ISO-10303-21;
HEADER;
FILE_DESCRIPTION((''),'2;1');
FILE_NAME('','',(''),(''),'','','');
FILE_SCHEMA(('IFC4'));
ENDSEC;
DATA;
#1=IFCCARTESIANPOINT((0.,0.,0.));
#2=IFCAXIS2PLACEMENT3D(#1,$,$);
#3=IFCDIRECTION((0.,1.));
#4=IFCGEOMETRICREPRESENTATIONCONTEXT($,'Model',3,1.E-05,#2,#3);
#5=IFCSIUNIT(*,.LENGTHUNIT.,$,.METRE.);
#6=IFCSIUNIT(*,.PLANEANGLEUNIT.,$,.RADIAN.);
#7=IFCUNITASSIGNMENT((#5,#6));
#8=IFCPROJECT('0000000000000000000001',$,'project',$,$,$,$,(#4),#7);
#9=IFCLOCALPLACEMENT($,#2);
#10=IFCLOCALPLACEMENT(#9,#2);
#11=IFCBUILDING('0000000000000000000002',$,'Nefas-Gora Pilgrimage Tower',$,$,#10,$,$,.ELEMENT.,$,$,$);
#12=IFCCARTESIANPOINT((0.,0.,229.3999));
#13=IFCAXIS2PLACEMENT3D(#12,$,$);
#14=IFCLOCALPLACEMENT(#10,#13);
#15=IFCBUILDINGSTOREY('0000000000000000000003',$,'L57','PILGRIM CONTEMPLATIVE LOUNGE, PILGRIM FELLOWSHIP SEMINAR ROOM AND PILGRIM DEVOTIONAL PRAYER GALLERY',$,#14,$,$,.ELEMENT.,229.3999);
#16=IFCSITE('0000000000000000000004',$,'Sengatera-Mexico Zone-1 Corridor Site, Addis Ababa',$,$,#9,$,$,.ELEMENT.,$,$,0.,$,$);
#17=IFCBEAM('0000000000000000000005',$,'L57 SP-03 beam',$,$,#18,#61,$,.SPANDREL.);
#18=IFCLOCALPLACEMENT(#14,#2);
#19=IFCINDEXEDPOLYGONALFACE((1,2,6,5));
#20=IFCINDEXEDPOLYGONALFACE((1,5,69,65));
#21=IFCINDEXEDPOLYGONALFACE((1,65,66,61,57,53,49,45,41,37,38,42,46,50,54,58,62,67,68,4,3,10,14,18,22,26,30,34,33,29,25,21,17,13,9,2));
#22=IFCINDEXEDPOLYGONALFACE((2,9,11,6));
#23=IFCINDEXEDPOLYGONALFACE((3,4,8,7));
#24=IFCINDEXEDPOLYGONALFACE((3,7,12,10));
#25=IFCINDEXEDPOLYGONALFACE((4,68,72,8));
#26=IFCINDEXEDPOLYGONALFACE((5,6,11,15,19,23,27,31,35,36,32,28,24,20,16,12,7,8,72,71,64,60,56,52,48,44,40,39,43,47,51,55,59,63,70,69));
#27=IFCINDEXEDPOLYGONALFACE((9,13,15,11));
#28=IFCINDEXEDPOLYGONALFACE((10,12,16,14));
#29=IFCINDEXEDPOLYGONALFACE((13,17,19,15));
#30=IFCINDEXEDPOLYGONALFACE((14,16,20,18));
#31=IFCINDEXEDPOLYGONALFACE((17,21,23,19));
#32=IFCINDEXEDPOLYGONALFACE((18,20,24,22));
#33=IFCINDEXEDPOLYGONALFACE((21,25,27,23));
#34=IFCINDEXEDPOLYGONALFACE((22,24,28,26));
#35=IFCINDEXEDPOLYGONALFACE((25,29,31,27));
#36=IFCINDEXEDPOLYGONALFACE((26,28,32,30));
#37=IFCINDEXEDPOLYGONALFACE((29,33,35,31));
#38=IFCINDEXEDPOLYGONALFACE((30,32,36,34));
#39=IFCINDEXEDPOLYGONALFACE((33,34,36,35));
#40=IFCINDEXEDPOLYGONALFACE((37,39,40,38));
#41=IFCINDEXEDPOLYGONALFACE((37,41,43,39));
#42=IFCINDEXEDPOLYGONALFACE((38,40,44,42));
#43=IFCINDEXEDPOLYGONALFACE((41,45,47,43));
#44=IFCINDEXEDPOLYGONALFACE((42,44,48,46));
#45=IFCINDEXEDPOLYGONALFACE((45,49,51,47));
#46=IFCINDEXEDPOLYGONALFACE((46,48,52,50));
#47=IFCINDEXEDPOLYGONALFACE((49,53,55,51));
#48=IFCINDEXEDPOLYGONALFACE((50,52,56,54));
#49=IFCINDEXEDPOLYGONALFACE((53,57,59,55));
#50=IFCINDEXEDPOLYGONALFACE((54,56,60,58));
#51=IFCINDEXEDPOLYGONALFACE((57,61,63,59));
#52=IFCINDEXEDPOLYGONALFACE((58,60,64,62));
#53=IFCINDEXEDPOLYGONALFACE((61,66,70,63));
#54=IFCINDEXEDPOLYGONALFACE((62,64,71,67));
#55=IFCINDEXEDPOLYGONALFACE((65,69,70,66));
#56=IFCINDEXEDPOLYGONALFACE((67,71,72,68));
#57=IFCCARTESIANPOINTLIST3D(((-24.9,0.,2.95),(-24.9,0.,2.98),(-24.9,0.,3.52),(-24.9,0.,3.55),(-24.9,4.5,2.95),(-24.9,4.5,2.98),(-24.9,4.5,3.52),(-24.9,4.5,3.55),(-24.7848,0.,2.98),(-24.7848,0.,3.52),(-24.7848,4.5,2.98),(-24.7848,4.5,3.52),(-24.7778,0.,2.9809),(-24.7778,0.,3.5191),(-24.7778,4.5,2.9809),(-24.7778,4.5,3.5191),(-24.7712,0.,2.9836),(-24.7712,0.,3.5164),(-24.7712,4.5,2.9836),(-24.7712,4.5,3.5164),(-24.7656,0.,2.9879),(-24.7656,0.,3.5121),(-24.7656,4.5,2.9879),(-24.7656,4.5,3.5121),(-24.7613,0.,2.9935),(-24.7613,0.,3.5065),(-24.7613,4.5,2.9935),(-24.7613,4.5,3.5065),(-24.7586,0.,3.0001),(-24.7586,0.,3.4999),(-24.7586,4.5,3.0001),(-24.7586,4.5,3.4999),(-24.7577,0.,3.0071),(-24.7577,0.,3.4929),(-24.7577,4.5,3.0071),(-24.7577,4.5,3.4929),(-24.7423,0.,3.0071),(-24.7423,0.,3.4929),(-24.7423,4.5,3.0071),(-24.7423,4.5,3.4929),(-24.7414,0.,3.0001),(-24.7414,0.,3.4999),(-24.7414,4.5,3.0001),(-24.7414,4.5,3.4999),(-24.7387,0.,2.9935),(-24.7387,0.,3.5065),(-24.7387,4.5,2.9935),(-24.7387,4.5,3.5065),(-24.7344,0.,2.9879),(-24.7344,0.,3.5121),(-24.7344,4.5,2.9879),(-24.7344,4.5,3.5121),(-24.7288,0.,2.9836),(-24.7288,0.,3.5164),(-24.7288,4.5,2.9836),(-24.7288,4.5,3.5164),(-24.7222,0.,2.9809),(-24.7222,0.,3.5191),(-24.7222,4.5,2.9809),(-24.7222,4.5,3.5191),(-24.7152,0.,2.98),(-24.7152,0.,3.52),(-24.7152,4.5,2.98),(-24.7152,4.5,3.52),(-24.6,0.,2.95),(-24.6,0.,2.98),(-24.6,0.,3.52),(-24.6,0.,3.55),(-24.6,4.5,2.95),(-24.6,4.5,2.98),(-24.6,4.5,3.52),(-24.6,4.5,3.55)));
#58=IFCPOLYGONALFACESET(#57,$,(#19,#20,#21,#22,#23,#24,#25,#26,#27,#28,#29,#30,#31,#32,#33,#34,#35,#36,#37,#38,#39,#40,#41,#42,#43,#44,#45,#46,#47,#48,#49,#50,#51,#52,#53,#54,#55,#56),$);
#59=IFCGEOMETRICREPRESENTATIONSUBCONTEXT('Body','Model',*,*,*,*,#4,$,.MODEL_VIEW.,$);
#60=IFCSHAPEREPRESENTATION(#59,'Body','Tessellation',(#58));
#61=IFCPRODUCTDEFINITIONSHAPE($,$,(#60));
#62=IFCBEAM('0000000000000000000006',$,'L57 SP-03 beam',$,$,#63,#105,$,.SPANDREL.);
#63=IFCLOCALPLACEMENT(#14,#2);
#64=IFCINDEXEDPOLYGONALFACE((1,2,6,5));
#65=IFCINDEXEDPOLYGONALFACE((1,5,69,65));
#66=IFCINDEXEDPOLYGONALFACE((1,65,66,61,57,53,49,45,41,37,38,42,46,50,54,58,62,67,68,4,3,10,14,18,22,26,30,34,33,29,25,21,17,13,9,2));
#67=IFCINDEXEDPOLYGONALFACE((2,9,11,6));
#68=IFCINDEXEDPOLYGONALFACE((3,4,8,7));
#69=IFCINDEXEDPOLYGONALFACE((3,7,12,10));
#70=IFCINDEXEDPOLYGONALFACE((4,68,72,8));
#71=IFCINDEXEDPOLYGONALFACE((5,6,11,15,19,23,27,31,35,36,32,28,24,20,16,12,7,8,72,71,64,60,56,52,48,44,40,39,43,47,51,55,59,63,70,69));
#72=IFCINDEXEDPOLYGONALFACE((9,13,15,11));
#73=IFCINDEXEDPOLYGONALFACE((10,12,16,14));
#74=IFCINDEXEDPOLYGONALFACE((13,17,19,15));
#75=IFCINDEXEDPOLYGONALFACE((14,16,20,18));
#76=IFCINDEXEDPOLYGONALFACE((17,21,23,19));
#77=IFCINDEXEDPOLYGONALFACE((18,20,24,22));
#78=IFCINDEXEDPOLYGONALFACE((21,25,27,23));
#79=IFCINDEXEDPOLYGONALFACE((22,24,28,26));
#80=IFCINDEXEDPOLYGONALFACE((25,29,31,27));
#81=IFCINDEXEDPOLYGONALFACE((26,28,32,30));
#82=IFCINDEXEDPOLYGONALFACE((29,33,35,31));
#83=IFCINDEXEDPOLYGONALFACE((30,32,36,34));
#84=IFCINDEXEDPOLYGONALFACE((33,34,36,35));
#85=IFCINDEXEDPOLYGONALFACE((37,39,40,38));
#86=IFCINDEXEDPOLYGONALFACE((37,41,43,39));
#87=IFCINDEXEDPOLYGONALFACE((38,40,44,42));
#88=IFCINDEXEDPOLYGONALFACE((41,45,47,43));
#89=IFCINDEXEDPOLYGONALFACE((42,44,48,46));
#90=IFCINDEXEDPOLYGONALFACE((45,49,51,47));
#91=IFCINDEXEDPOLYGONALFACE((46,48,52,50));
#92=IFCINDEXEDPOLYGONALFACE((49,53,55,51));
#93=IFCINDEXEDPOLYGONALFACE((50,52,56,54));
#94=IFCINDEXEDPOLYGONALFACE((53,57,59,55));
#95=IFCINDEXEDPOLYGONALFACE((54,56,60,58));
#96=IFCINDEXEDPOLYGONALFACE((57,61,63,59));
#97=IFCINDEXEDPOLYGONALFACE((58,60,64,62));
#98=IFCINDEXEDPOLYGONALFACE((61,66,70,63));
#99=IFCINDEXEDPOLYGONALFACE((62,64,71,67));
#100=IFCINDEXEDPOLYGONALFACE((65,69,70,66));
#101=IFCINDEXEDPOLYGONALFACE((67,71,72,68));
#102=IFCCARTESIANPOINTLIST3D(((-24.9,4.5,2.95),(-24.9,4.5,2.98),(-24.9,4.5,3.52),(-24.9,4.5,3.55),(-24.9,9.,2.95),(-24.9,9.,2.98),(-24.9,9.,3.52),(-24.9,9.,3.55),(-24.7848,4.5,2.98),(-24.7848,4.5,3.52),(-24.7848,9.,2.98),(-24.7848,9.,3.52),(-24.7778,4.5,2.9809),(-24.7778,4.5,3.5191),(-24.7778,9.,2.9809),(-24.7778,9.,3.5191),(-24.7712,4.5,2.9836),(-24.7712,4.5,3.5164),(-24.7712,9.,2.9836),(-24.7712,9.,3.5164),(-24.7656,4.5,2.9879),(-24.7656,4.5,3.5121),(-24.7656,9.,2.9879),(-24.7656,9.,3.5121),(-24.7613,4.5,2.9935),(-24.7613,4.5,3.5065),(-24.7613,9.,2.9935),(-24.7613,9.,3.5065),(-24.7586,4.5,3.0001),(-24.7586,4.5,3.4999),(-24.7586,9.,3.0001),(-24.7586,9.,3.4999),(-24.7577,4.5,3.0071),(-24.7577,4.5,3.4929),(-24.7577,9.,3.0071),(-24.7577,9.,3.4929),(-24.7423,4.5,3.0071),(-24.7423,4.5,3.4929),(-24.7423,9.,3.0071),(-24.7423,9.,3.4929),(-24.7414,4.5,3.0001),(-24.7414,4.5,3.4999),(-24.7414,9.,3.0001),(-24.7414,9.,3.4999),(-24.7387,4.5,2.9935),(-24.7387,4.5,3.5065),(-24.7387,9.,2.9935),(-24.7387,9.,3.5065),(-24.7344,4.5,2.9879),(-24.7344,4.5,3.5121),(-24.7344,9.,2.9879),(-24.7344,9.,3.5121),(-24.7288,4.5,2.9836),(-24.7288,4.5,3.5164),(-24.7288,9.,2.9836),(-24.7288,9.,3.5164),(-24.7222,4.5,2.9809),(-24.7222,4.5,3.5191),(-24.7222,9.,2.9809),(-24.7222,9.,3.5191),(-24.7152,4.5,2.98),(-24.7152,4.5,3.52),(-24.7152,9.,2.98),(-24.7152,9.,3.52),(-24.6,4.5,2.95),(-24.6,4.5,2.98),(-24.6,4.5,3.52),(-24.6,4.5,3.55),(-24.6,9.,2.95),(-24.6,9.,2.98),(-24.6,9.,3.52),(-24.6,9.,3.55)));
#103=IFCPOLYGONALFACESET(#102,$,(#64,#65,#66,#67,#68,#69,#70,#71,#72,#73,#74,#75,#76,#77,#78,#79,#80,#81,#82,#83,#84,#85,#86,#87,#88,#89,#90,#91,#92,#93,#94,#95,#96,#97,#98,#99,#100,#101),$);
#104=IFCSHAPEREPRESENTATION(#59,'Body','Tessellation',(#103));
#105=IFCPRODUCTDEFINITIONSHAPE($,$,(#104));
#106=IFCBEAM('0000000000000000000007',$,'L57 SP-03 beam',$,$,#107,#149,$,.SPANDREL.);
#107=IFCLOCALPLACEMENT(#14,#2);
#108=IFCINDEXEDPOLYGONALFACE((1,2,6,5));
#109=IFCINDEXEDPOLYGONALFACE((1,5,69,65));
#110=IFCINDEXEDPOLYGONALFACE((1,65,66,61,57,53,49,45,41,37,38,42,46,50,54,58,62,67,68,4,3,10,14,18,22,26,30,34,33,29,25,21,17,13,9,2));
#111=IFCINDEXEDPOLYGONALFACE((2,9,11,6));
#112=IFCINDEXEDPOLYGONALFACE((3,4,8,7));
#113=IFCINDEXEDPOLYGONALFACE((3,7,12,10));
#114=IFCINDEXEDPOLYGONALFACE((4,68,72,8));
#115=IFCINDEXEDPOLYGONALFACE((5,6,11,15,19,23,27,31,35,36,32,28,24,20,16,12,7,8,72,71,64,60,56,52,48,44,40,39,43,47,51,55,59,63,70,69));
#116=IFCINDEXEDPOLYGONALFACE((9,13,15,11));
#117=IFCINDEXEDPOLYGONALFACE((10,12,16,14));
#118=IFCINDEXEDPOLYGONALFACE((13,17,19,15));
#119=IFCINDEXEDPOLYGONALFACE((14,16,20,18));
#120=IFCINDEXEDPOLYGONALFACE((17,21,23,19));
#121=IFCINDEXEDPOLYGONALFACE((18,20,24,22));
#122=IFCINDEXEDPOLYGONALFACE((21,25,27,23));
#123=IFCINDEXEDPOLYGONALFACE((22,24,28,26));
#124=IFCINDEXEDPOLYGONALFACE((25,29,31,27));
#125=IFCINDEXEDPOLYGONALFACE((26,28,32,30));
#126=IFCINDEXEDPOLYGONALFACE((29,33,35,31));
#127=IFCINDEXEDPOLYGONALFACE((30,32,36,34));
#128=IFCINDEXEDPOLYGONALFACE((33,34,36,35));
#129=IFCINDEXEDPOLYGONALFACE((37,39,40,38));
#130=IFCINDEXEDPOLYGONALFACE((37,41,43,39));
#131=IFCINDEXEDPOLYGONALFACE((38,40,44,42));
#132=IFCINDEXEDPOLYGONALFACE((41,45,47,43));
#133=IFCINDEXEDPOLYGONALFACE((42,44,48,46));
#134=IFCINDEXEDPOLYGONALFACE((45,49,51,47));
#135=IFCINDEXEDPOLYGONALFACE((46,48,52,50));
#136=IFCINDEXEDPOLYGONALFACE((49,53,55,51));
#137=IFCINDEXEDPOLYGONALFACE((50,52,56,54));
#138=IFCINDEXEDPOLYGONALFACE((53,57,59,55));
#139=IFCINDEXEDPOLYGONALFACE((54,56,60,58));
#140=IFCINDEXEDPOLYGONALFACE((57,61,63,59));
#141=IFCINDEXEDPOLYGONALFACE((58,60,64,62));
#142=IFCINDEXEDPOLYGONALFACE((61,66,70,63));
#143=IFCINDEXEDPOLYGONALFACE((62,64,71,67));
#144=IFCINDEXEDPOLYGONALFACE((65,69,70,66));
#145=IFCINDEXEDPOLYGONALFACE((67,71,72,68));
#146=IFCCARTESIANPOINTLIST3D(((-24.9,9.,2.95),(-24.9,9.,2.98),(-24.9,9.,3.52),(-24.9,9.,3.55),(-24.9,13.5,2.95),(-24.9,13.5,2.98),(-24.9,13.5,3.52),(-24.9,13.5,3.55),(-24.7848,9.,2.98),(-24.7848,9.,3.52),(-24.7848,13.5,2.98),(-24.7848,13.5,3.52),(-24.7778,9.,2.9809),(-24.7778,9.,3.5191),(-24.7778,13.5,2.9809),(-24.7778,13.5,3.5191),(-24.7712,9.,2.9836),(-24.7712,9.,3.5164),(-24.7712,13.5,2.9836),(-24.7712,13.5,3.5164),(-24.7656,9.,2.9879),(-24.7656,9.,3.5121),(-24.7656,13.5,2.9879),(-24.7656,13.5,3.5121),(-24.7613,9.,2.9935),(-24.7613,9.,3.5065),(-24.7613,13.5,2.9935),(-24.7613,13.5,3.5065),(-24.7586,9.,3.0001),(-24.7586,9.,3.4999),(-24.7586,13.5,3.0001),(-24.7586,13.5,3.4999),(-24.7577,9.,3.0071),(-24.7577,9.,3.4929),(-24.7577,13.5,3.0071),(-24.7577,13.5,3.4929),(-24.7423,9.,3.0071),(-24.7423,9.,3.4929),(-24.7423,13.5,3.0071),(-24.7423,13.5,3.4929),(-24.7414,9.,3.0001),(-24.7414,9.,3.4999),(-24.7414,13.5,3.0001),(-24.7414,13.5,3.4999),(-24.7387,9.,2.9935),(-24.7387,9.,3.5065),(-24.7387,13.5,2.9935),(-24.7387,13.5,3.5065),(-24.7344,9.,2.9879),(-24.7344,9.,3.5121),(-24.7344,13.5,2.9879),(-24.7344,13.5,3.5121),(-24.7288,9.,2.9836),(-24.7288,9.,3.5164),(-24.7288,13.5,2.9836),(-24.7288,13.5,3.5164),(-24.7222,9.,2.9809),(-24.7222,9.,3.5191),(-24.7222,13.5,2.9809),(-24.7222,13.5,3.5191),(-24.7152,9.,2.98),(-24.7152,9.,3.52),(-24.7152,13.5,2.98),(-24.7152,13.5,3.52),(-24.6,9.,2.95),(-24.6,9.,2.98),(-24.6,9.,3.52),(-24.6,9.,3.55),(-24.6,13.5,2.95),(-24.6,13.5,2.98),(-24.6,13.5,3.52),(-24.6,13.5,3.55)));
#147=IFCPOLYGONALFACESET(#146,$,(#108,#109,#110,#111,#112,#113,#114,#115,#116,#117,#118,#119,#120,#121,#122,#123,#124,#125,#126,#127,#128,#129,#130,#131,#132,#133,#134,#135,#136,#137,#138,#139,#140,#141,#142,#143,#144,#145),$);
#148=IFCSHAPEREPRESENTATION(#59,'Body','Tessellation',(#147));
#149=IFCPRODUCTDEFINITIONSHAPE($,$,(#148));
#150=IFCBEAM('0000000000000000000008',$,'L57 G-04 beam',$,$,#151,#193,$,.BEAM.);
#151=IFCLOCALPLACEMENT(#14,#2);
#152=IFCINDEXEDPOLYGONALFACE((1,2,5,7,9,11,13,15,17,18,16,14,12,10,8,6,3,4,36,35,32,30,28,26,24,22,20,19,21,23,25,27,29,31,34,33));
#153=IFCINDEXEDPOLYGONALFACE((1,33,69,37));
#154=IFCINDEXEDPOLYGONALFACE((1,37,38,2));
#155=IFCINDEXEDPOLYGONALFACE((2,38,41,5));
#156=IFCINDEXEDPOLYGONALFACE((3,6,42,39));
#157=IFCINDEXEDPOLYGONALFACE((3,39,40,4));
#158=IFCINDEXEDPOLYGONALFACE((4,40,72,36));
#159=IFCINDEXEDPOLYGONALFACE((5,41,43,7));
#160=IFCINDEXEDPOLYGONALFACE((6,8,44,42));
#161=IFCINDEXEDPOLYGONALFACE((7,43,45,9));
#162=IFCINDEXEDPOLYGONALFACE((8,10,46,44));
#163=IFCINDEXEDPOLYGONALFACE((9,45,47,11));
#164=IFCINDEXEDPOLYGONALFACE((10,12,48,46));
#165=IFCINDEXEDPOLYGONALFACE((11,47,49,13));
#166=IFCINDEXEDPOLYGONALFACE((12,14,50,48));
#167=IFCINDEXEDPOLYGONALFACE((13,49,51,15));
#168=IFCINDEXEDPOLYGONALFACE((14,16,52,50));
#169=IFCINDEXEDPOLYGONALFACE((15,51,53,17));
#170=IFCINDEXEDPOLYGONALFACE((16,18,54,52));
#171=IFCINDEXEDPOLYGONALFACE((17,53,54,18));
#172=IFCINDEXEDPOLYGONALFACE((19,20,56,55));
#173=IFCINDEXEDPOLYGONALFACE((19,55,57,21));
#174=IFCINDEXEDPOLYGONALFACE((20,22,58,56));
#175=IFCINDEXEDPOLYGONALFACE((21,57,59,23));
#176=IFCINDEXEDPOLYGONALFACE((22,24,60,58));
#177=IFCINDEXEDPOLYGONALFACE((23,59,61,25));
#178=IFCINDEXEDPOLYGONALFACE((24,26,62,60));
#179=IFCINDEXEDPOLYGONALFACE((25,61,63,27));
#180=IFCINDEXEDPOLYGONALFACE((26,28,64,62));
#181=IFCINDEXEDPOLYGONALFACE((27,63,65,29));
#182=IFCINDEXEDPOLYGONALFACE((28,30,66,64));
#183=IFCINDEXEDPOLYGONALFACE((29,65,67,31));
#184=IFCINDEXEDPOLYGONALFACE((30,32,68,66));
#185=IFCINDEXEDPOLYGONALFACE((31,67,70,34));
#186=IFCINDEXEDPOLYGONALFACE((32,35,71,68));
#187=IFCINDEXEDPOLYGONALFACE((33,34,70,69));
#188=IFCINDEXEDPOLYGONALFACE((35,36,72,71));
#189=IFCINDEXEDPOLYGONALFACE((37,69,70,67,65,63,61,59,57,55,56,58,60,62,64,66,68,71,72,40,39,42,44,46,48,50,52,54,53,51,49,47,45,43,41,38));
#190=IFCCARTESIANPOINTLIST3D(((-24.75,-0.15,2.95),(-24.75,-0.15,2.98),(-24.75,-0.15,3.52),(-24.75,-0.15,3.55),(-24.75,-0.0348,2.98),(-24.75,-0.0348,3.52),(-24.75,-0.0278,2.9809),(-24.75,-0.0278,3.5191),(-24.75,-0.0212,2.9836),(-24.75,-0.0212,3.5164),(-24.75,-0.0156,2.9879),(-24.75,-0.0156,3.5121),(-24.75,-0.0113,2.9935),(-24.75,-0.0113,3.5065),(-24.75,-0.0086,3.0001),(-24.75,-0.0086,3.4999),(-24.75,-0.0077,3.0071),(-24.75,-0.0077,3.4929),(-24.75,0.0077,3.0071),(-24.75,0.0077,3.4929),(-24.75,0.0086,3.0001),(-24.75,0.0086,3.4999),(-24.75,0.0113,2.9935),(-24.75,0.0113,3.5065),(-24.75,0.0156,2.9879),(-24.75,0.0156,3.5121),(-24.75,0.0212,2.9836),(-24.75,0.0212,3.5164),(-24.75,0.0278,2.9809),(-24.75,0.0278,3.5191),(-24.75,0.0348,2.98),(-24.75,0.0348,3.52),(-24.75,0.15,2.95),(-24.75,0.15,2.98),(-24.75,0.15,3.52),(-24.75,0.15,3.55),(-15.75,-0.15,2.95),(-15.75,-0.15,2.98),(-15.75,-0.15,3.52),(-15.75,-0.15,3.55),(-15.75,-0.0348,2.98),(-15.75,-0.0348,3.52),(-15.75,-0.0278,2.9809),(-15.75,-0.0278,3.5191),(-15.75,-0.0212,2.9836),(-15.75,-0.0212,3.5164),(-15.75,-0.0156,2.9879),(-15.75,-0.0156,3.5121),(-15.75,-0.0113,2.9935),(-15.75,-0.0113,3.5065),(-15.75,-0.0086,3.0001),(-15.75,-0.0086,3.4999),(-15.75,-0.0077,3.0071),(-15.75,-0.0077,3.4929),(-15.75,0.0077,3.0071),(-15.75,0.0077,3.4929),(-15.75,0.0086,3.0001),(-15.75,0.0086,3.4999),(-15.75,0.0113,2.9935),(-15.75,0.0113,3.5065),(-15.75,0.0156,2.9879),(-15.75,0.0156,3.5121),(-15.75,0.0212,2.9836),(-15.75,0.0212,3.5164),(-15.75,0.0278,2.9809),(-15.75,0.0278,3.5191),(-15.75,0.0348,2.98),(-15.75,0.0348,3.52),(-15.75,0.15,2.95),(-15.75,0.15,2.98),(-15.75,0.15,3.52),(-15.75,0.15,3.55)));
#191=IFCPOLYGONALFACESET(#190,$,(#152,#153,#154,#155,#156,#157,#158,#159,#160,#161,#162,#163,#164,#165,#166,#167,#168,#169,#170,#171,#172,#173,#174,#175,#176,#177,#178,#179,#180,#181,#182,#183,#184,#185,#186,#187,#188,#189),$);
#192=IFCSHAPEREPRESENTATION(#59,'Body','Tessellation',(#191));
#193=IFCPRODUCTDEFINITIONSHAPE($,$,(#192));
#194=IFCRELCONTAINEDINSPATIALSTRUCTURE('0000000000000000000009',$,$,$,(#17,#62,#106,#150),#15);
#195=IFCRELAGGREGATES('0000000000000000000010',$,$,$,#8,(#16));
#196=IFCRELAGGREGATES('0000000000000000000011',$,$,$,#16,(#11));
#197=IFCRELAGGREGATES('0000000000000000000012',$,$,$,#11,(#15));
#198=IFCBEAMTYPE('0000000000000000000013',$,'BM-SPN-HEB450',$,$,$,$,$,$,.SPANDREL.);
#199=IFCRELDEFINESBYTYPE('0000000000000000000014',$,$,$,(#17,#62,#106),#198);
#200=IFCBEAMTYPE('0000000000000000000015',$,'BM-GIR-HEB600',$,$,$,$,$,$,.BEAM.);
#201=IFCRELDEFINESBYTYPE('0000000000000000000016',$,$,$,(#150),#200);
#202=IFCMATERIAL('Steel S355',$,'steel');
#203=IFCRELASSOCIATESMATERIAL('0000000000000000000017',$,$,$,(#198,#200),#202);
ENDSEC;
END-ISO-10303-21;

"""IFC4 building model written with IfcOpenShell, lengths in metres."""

from ifc_helpers import new_model, si_unit, direction, frame, origin, origin_2d, place, context, subcontext, project, spatial, i_section, extrude, source, transform, mapped, material, material_profile, profile_set, type_object, element, save


model = new_model("IFC4")

# Units and contexts
model_context = context("Model", 3, precision=1e-05, world=origin(), true_north=direction((0.0, 1.0)))
body_context = subcontext(model_context, "Body", "Model", "MODEL_VIEW")
ifc_project = project(units=[si_unit("LENGTHUNIT", "METRE"), si_unit("PLANEANGLEUNIT", "RADIAN")], contexts=[model_context])

# Site, building, storey
site_placement = place(None, origin())
site = spatial("IfcSite", under=ifc_project, at=site_placement, Name="Sengatera-Mexico Zone-1 Corridor Site, Addis Ababa", CompositionType="ELEMENT", RefElevation=0.0)
building_placement = place(site_placement, origin())
building = spatial("IfcBuilding", under=site, at=building_placement, Name="Nefas-Gora Pilgrimage Tower", CompositionType="ELEMENT")
storey_placement = place(building_placement, frame((0.0, 0.0, 229.3999)))
storey = spatial("IfcBuildingStorey", under=building, at=storey_placement, Name="L57", Description="PILGRIM CONTEMPLATIVE LOUNGE, PILGRIM FELLOWSHIP SEMINAR ROOM AND PILGRIM DEVOTIONAL PRAYER GALLERY", CompositionType="ELEMENT", Elevation=229.3999)

# Beams
ifc_material_1 = material(Name="Steel S355", Category="steel")
ifc_material_profile_1 = material_profile(ifc_material_1, i_section(OverallWidth=0.3, OverallDepth=0.6001, WebThickness=0.0154, FlangeThickness=0.03, FilletRadius=0.0271, at=origin_2d()), Name="HEB 600")
ifc_profile_set_1 = profile_set([ifc_material_profile_1], Name="Steel S355")
beam_type_1 = type_object("IfcBeamType", Name="BM-SPN-HEB450", PredefinedType="SPANDREL", material=ifc_profile_set_1)
shared_shape_1 = source(origin(), body_context, "Body", "SweptSolid", [
    extrude(i_section(OverallWidth=0.3, OverallDepth=0.6001, WebThickness=0.0154, FlangeThickness=0.03, FilletRadius=0.0271, at=origin_2d()), origin(), (0.0, 0.0, 1.0), 4.5),
])
for number, where, z_axis, x_axis, name in (
    (1, (-24.75, 0.0, 3.25), (0.0, 1.0, 0.0), (-1.0, 0.0, 0.0), "L57 SP-03 beam"),
    (2, (-24.75, 4.5, 3.25), (0.0, 1.0, 0.0), (-1.0, 0.0, 0.0), "L57 SP-03 beam"),
    (3, (-24.75, 9.0, 3.25), (0.0, 1.0, 0.0), (-1.0, 0.0, 0.0), "L57 SP-03 beam"),
):
    element("IfcBeam", number, at=place(storey_placement, frame(where, z_axis=z_axis, x_axis=x_axis)), inside=storey, type_object=beam_type_1, Name=name, PredefinedType="SPANDREL", context=body_context, shape_type="MappedRepresentation", body=[
        mapped(shared_shape_1, transform((0.0, 0.0, 0.0), x_axis=(1.0, 0.0, 0.0), y_axis=(0.0, 1.0, 0.0), z_axis=(0.0, 0.0, 1.0), scale=1.0)),
    ])
ifc_material_profile_2 = material_profile(ifc_material_1, i_section(OverallWidth=0.3, OverallDepth=0.6001, WebThickness=0.0154, FlangeThickness=0.03, FilletRadius=0.0271, at=origin_2d()), Name="HEB 600")
ifc_profile_set_2 = profile_set([ifc_material_profile_2], Name="Steel S355")
beam_type_2 = type_object("IfcBeamType", Name="BM-GIR-HEB600", PredefinedType="BEAM", material=ifc_profile_set_2)
shared_shape_2 = source(origin(), body_context, "Body", "SweptSolid", [
    extrude(i_section(OverallWidth=0.3, OverallDepth=0.6001, WebThickness=0.0154, FlangeThickness=0.03, FilletRadius=0.0271, at=origin_2d()), origin(), (0.0, 0.0, 1.0), 9.0),
])
for number, where, z_axis, x_axis, name in (
    (4, (-24.75, 0.0, 3.25), (1.0, 0.0, 0.0), (0.0, 1.0, 0.0), "L57 G-04 beam"),
):
    element("IfcBeam", number, at=place(storey_placement, frame(where, z_axis=z_axis, x_axis=x_axis)), inside=storey, type_object=beam_type_2, Name=name, PredefinedType="BEAM", context=body_context, shape_type="MappedRepresentation", body=[
        mapped(shared_shape_2, transform((0.0, 0.0, 0.0), x_axis=(1.0, 0.0, 0.0), y_axis=(0.0, 1.0, 0.0), z_axis=(0.0, 0.0, 1.0), scale=1.0)),
    ])

save(model, "model.ifc")
